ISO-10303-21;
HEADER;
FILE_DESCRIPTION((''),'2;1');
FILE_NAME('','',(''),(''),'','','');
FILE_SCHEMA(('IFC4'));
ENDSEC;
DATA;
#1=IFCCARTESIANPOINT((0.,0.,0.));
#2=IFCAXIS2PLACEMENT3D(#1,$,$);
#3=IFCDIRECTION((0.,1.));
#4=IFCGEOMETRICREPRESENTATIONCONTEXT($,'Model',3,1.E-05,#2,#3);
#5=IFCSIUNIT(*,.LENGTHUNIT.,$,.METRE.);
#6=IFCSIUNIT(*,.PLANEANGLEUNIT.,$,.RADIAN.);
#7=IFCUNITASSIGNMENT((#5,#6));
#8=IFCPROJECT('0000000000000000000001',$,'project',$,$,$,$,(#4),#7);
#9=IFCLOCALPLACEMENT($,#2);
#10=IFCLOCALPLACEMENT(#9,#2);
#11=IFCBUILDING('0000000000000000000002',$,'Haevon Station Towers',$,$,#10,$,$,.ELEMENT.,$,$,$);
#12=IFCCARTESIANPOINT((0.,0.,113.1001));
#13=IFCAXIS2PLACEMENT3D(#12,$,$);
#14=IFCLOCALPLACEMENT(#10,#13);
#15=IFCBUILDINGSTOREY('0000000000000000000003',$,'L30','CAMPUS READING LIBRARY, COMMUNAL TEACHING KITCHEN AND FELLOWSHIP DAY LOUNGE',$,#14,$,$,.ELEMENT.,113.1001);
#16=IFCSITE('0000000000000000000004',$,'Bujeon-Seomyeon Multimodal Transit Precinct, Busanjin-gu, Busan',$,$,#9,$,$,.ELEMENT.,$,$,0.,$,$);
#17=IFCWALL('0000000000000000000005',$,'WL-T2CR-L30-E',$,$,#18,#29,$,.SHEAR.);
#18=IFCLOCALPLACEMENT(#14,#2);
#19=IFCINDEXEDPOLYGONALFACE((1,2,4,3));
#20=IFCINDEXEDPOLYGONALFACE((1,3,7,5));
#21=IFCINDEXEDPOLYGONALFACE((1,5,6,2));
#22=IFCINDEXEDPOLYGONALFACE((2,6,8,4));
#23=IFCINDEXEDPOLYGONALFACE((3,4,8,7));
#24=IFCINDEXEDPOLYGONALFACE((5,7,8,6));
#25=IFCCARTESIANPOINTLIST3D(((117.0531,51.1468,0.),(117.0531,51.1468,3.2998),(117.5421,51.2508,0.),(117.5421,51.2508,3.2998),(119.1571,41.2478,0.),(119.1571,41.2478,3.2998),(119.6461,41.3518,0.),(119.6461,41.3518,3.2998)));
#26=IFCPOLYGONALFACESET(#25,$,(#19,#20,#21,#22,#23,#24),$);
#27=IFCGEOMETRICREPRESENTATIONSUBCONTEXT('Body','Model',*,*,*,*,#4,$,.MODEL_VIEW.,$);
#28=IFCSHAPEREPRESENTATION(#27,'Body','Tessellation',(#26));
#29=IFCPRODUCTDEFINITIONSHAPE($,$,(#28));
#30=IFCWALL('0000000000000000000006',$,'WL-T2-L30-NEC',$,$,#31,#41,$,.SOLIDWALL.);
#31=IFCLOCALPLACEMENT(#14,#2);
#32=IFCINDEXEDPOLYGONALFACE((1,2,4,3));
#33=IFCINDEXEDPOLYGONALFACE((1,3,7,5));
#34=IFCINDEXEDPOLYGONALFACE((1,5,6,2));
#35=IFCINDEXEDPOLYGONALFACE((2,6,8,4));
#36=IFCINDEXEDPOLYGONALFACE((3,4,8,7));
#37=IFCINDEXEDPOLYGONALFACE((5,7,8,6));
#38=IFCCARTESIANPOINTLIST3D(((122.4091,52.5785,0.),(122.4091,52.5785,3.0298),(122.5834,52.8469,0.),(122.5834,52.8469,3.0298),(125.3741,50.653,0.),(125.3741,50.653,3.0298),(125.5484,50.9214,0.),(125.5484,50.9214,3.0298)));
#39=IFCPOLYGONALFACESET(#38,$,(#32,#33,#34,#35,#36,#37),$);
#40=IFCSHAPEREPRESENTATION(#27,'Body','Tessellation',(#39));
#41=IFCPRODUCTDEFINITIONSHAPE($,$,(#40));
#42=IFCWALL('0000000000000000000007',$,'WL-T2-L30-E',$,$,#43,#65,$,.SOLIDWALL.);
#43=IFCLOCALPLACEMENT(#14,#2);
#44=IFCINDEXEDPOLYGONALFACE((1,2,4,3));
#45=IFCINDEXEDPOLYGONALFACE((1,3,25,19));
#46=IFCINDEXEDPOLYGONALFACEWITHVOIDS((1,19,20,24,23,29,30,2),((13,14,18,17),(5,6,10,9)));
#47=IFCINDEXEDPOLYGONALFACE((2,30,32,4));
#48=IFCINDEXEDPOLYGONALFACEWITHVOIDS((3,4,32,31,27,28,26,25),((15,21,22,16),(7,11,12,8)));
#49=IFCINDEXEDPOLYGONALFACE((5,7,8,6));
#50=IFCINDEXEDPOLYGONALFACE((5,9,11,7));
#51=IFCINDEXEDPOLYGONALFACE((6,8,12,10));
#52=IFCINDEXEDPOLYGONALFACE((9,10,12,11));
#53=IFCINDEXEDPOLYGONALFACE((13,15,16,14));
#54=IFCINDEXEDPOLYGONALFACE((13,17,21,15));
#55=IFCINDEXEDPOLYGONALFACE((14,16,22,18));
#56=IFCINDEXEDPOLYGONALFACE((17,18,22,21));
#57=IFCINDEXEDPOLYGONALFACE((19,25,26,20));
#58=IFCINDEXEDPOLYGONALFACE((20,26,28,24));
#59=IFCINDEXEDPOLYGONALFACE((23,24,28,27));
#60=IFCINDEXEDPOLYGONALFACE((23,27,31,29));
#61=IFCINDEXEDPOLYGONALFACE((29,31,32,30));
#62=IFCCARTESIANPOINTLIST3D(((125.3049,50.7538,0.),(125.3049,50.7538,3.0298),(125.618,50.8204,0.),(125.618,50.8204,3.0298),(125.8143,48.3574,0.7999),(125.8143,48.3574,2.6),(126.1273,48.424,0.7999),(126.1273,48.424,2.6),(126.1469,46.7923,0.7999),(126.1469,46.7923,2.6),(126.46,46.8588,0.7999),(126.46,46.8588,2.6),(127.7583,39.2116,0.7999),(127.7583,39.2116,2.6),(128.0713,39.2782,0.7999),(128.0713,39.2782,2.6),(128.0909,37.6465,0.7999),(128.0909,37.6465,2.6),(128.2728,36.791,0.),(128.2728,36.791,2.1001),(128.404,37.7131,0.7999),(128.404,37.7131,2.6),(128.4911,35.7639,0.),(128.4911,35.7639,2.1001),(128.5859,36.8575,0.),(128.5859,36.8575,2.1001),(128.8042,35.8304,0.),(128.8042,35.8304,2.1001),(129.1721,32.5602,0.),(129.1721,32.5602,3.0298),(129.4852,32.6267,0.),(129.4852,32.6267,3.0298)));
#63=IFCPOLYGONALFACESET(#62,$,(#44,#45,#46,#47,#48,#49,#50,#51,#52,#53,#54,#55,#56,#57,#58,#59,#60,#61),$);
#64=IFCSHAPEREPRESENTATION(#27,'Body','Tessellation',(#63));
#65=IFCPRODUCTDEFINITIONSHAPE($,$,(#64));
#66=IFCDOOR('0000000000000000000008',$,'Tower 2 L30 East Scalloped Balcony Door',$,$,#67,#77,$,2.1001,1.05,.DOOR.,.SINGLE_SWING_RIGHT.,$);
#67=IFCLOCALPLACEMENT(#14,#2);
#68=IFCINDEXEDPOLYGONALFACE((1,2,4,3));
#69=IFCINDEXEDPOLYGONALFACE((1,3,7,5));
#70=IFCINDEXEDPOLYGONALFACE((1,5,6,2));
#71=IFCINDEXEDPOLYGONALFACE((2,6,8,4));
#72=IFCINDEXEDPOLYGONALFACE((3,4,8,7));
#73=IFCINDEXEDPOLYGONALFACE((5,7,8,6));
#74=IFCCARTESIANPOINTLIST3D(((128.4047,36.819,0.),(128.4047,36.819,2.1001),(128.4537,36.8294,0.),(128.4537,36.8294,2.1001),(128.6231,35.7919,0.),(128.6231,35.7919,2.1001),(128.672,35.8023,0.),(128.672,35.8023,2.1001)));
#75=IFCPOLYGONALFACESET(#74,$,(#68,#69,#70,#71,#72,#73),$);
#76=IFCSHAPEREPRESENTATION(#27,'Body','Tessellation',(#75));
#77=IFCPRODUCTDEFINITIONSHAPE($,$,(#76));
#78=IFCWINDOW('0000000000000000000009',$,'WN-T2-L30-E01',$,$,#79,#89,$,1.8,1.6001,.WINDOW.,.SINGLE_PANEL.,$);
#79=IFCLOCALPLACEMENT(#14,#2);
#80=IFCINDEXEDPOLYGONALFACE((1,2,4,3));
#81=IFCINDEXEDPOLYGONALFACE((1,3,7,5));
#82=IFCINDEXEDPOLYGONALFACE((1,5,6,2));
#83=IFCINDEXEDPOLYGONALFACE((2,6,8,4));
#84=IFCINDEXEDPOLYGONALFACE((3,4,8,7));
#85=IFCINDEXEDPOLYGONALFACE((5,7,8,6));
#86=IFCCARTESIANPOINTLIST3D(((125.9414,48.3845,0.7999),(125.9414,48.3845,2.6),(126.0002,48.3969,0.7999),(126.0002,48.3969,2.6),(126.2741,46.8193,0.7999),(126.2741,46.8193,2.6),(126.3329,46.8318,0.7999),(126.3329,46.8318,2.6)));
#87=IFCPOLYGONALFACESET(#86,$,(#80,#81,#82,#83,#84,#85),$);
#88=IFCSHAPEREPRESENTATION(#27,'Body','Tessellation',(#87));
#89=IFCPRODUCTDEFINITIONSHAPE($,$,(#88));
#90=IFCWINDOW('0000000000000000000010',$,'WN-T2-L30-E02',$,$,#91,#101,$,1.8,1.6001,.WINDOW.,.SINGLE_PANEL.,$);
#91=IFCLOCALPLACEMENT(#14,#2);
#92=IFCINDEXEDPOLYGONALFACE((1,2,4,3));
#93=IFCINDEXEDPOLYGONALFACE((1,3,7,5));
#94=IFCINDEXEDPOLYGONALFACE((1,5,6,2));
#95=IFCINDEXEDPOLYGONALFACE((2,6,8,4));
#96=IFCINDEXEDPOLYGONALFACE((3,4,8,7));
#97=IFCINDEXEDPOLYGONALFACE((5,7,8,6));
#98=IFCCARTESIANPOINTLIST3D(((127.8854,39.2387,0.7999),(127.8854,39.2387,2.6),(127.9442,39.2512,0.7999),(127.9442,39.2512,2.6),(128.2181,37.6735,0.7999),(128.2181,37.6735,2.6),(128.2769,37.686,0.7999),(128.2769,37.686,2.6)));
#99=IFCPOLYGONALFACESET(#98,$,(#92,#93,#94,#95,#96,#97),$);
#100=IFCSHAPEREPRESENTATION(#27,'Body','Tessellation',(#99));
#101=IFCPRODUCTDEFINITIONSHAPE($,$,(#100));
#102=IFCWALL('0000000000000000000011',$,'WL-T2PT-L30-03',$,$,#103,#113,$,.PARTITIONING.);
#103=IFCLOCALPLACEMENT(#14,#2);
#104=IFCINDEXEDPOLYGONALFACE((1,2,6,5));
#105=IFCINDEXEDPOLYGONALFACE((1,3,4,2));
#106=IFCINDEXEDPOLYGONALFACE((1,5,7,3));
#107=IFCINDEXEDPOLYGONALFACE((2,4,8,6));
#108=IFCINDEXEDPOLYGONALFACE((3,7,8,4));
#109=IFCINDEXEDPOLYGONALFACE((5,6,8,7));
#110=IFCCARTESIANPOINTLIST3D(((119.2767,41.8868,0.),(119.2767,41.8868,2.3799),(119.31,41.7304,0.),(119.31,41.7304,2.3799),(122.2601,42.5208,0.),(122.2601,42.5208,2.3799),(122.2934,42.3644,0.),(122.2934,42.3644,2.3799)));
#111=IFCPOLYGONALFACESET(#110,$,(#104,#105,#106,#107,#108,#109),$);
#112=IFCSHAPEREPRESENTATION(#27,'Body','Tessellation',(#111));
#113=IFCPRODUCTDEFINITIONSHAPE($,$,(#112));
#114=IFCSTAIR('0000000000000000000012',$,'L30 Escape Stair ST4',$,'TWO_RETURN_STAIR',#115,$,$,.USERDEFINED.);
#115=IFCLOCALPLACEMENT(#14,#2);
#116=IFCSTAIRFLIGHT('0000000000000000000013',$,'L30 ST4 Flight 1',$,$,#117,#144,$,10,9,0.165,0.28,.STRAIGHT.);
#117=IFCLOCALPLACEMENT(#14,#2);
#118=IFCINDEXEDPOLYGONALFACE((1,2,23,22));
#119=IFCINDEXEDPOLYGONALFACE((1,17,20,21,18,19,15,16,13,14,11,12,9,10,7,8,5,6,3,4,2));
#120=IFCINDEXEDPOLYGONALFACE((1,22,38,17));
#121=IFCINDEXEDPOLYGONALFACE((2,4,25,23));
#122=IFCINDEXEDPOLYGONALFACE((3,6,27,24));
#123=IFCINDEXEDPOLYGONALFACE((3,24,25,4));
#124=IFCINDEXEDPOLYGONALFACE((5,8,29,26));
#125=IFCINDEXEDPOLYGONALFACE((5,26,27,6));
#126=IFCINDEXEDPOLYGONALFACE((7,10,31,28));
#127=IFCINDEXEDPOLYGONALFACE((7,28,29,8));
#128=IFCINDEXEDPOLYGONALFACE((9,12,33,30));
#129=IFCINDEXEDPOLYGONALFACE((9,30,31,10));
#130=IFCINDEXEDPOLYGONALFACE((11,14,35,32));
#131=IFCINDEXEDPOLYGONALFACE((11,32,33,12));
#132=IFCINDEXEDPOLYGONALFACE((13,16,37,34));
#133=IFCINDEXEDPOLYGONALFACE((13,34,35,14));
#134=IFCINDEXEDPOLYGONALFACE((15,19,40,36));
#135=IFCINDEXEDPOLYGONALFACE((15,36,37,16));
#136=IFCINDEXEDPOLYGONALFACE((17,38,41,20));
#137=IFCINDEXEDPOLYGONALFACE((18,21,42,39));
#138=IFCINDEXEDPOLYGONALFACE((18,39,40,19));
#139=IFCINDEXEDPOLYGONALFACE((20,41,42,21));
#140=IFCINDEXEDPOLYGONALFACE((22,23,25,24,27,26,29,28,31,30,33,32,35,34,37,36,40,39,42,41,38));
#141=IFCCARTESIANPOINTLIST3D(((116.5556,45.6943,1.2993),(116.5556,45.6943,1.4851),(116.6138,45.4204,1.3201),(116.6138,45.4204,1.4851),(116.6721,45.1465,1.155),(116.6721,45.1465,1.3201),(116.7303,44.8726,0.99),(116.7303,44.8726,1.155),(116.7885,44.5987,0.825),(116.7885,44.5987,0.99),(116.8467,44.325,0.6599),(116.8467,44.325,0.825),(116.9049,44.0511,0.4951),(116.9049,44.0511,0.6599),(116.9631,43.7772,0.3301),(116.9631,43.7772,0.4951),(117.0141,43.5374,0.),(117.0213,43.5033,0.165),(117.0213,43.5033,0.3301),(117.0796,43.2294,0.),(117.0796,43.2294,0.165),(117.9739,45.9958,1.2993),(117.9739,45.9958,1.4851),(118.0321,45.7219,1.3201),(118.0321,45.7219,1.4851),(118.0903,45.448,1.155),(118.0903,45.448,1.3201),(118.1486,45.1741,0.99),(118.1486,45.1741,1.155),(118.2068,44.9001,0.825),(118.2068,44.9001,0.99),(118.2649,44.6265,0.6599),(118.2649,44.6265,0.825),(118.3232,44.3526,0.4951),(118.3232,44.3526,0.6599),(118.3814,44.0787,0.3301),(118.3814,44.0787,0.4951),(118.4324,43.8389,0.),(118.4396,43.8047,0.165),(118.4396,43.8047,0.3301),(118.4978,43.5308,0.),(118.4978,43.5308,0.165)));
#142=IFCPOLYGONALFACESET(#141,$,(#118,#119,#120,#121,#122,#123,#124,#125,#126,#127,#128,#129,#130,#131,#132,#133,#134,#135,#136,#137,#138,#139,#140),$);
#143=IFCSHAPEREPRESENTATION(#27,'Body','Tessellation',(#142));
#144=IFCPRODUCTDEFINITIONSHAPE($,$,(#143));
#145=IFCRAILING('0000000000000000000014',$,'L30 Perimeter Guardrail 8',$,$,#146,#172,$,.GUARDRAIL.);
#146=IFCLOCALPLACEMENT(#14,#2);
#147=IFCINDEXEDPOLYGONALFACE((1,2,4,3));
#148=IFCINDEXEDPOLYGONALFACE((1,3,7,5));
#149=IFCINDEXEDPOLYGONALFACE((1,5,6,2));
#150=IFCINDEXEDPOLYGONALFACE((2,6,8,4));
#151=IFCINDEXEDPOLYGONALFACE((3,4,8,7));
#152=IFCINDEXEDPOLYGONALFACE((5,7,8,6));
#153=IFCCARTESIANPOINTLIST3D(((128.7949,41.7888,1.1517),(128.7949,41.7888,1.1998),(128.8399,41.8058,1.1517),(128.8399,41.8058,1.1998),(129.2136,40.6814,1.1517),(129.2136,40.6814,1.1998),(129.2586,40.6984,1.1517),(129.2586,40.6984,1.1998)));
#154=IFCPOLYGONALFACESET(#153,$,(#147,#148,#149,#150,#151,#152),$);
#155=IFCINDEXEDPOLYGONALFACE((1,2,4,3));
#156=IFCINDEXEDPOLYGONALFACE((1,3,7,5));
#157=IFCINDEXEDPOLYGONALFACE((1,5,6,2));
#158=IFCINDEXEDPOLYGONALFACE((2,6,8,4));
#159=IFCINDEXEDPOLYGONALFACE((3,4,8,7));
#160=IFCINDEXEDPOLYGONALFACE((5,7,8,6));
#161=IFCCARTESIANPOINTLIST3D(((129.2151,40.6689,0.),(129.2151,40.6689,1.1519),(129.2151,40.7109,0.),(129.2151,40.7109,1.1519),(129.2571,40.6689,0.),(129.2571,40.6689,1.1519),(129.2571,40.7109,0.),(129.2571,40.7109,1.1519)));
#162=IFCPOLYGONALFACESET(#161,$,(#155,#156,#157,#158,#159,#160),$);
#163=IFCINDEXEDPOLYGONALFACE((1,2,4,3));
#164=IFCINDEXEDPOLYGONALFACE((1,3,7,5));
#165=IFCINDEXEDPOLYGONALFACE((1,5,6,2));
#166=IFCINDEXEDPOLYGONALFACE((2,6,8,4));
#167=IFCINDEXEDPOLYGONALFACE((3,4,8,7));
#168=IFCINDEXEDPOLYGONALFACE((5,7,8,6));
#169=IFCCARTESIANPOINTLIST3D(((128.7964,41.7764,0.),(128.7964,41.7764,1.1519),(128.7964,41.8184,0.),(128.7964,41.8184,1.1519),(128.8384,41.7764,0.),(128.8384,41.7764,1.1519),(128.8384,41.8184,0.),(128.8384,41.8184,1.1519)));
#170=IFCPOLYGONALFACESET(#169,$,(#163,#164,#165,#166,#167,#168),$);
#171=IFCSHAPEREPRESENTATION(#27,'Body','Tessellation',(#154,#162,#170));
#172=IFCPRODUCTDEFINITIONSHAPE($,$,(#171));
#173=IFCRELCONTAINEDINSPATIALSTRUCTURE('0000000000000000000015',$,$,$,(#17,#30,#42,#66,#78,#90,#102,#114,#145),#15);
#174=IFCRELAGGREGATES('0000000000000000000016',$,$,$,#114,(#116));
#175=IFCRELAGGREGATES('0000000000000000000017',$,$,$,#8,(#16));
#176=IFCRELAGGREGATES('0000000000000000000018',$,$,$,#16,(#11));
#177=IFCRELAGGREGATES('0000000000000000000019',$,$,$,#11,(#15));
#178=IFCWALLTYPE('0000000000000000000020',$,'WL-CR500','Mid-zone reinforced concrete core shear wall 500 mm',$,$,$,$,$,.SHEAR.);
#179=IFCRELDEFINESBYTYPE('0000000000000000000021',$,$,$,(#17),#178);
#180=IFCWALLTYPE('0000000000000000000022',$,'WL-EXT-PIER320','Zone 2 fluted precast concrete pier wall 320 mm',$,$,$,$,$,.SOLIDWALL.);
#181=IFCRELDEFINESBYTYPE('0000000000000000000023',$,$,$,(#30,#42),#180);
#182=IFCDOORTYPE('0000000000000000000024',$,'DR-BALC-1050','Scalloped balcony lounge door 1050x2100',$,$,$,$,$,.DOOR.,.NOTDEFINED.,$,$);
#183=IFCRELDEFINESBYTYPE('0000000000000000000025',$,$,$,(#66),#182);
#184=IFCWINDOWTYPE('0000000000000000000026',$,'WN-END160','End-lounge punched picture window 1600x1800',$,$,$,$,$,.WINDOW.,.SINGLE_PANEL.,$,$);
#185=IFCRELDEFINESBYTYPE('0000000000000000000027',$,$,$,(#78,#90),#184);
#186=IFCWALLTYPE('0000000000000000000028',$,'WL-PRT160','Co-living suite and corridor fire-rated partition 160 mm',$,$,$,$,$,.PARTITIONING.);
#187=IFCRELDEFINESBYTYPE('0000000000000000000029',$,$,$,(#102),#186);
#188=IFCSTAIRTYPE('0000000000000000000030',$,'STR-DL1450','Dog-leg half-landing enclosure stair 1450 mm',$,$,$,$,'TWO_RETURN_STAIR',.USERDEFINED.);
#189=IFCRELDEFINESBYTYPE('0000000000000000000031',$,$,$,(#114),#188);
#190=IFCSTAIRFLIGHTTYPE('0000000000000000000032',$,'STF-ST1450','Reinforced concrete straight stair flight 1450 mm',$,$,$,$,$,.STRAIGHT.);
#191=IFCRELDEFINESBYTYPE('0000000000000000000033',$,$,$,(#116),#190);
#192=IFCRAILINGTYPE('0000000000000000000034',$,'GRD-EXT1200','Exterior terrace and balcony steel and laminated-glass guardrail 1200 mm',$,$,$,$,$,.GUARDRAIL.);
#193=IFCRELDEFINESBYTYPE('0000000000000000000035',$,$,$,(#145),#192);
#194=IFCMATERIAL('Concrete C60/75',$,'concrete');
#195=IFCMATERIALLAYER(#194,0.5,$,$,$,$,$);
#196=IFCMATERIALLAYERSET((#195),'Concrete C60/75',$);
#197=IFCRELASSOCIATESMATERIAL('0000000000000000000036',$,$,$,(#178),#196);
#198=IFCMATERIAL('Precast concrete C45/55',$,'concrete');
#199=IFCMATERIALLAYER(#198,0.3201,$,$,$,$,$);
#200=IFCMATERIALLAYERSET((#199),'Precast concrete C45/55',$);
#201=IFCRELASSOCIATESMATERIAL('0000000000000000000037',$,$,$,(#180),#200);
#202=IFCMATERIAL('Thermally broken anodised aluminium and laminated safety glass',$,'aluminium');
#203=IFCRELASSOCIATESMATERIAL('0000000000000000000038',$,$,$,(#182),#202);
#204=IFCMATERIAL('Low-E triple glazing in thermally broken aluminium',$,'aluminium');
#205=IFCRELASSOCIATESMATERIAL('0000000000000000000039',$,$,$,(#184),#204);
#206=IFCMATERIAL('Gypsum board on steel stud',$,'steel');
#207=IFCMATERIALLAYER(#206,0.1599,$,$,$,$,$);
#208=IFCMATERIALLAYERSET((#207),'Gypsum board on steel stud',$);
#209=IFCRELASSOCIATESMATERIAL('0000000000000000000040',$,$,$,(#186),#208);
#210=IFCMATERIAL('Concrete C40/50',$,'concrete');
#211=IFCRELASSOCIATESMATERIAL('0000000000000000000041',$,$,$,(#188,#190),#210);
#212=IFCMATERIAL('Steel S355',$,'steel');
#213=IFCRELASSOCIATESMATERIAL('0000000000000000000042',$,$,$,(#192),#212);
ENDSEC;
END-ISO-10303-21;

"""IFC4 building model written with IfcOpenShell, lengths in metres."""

from ifc_helpers import new_model, si_unit, direction, frame, frame_2d, origin, origin_2d, place, context, subcontext, project, spatial, polyline, rectangle, outline, extrude, material, layer, layer_set, type_object, element, fill, aggregate, save


model = new_model("IFC4")

# Units and contexts
model_context = context("Model", 3, precision=1e-05, world=origin(), true_north=direction((0.0, 1.0)))
body_context = subcontext(model_context, "Body", "Model", "MODEL_VIEW")
ifc_project = project(units=[si_unit("LENGTHUNIT", "METRE"), si_unit("PLANEANGLEUNIT", "RADIAN")], contexts=[model_context])

# Site, building, storey
site_placement = place(None, origin())
site = spatial("IfcSite", under=ifc_project, at=site_placement, Name="Bujeon-Seomyeon Multimodal Transit Precinct, Busanjin-gu, Busan", CompositionType="ELEMENT", RefElevation=0.0)
building_placement = place(site_placement, origin())
building = spatial("IfcBuilding", under=site, at=building_placement, Name="Haevon Station Towers", CompositionType="ELEMENT")
storey_placement = place(building_placement, frame((0.0, 0.0, 113.1001)))
storey = spatial("IfcBuildingStorey", under=building, at=storey_placement, Name="L30", Description="CAMPUS READING LIBRARY, COMMUNAL TEACHING KITCHEN AND FELLOWSHIP DAY LOUNGE", CompositionType="ELEMENT", Elevation=113.1001)

# Shared definitions
ifc_material_1 = material(Name="Steel S355", Category="steel")

# Walls
ifc_material_2 = material(Name="Concrete C60/75", Category="concrete")
ifc_layer_1 = layer(ifc_material_2, 0.5)
ifc_layer_set_1 = layer_set([ifc_layer_1], Name="Concrete C60/75")
wall_type_1 = type_object("IfcWallType", Name="WL-CR500", Description="Mid-zone reinforced concrete core shear wall 500 mm", PredefinedType="SHEAR", material=ifc_layer_set_1)
wall_1_placement = place(storey_placement, frame((119.4016, 41.2998, 0.0), z_axis=(0.0, 0.0, 1.0), x_axis=(-0.207904, 0.978149, 0.0)))
element("IfcWall", 1, at=wall_1_placement, inside=storey, type_object=wall_type_1, Name="WL-T2CR-L30-E", PredefinedType="SHEAR", context=body_context, shape_type="SweptSolid", body=[
    extrude(rectangle(XDim=10.1201, YDim=0.5, at=frame_2d((5.0601, 0.0))), origin(), (0.0, 0.0, 1.0), 3.2998),
])
ifc_material_3 = material(Name="Precast concrete C45/55", Category="concrete")
ifc_layer_2 = layer(ifc_material_3, 0.3201)
ifc_layer_set_2 = layer_set([ifc_layer_2], Name="Precast concrete C45/55")
wall_type_2 = type_object("IfcWallType", Name="WL-EXT-PIER320", Description="Zone 2 fluted precast concrete pier wall 320 mm", PredefinedType="SOLIDWALL", material=ifc_layer_set_2)
wall_2_placement = place(storey_placement, frame((122.4963, 52.7126, 0.0), z_axis=(0.0, 0.0, 1.0), x_axis=(0.838672, -0.544636, 0.0)))
element("IfcWall", 2, at=wall_2_placement, inside=storey, type_object=wall_type_2, Name="WL-T2-L30-NEC", PredefinedType="SOLIDWALL", context=body_context, shape_type="SweptSolid", body=[
    extrude(rectangle(XDim=3.5354, YDim=0.3201, at=frame_2d((1.7676, 0.0))), origin(), (0.0, 0.0, 1.0), 3.0298),
])

# Wall, openings, door, windows
wall_3_placement = place(storey_placement, frame((125.4614, 50.7871, 0.0), z_axis=(0.0, 0.0, 1.0), x_axis=(0.207913, -0.978147, 0.0)))
wall_3 = element("IfcWall", 3, at=wall_3_placement, inside=storey, type_object=wall_type_2, Name="WL-T2-L30-E", PredefinedType="SOLIDWALL", context=body_context, shape_type="SweptSolid", body=[
    extrude(rectangle(XDim=18.6001, YDim=0.3201, at=frame_2d((9.3, 0.0))), origin(), (0.0, 0.0, 1.0), 3.0298),
])
opening_1_placement = place(wall_3_placement, frame((14.2749, 0.0, 0.0)))
opening_1 = element("IfcOpeningElement", 4, at=opening_1_placement, cuts=wall_3, PredefinedType="OPENING", context=body_context, shape_type="SweptSolid", body=[
    extrude(rectangle(XDim=1.05, YDim=2.1001, at=frame_2d((0.5249, 1.05))), frame((0.0, 0.1699, 0.0), z_axis=(0.0, -1.0, 0.0), x_axis=(1.0, 0.0, 0.0)), (0.0, 0.0, 1.0), 0.3401),
])
opening_2_placement = place(wall_3_placement, frame((2.45, 0.0, 0.8)))
opening_2 = element("IfcOpeningElement", 5, at=opening_2_placement, cuts=wall_3, PredefinedType="OPENING", context=body_context, shape_type="SweptSolid", body=[
    extrude(rectangle(XDim=1.6001, YDim=1.8, at=frame_2d((0.8, 0.8999))), frame((0.0, 0.1699, 0.0), z_axis=(0.0, -1.0, 0.0), x_axis=(1.0, 0.0, 0.0)), (0.0, 0.0, 1.0), 0.3401),
])
opening_3_placement = place(wall_3_placement, frame((11.8, 0.0, 0.8)))
opening_3 = element("IfcOpeningElement", 6, at=opening_3_placement, cuts=wall_3, PredefinedType="OPENING", context=body_context, shape_type="SweptSolid", body=[
    extrude(rectangle(XDim=1.6001, YDim=1.8, at=frame_2d((0.8, 0.8999))), frame((0.0, 0.1699, 0.0), z_axis=(0.0, -1.0, 0.0), x_axis=(1.0, 0.0, 0.0)), (0.0, 0.0, 1.0), 0.3401),
])
ifc_material_4 = material(Name="Thermally broken anodised aluminium and laminated safety glass", Category="aluminium")
door_type = type_object("IfcDoorType", Name="DR-BALC-1050", Description="Scalloped balcony lounge door 1050x2100", OperationType="NOTDEFINED", PredefinedType="DOOR", material=ifc_material_4)
door_placement = place(opening_1_placement, origin())
door = element("IfcDoor", 7, at=door_placement, inside=storey, type_object=door_type, Name="Tower 2 L30 East Scalloped Balcony Door", OperationType="SINGLE_SWING_RIGHT", OverallHeight=2.1001, OverallWidth=1.05, PredefinedType="DOOR", context=body_context, shape_type="SweptSolid", body=[
    extrude(rectangle(XDim=1.05, YDim=2.1001, at=frame_2d((0.5249, 1.05))), frame((0.0, 0.0249, 0.0), z_axis=(0.0, -1.0, 0.0), x_axis=(1.0, 0.0, 0.0)), (0.0, 0.0, 1.0), 0.05),
])
fill(opening_1, door)
ifc_material_5 = material(Name="Low-E triple glazing in thermally broken aluminium", Category="aluminium")
window_type = type_object("IfcWindowType", Name="WN-END160", Description="End-lounge punched picture window 1600x1800", PartitioningType="SINGLE_PANEL", PredefinedType="WINDOW", material=ifc_material_5)
window_1_placement = place(opening_2_placement, origin())
window_1 = element("IfcWindow", 8, at=window_1_placement, inside=storey, type_object=window_type, Name="WN-T2-L30-E01", OverallHeight=1.8, OverallWidth=1.6001, PartitioningType="SINGLE_PANEL", PredefinedType="WINDOW", context=body_context, shape_type="SweptSolid", body=[
    extrude(rectangle(XDim=1.6001, YDim=1.8, at=frame_2d((0.8, 0.8999))), frame((0.0, 0.03, 0.0), z_axis=(0.0, -1.0, 0.0), x_axis=(1.0, 0.0, 0.0)), (0.0, 0.0, 1.0), 0.0601),
])
fill(opening_2, window_1)
window_2_placement = place(opening_3_placement, origin())
window_2 = element("IfcWindow", 9, at=window_2_placement, inside=storey, type_object=window_type, Name="WN-T2-L30-E02", OverallHeight=1.8, OverallWidth=1.6001, PartitioningType="SINGLE_PANEL", PredefinedType="WINDOW", context=body_context, shape_type="SweptSolid", body=[
    extrude(rectangle(XDim=1.6001, YDim=1.8, at=frame_2d((0.8, 0.8999))), frame((0.0, 0.03, 0.0), z_axis=(0.0, -1.0, 0.0), x_axis=(1.0, 0.0, 0.0)), (0.0, 0.0, 1.0), 0.0601),
])
fill(opening_3, window_2)

# Wall
ifc_material_6 = material(Name="Gypsum board on steel stud", Category="steel")
ifc_layer_3 = layer(ifc_material_6, 0.1599)
ifc_layer_set_3 = layer_set([ifc_layer_3], Name="Gypsum board on steel stud")
wall_type_3 = type_object("IfcWallType", Name="WL-PRT160", Description="Co-living suite and corridor fire-rated partition 160 mm", PredefinedType="PARTITIONING", material=ifc_layer_set_3)
wall_4_placement = place(storey_placement, frame((119.2935, 41.8086, 0.0), z_axis=(0.0, 0.0, 1.0), x_axis=(0.978155, 0.207878, 0.0)))
element("IfcWall", 10, at=wall_4_placement, inside=storey, type_object=wall_type_3, Name="WL-T2PT-L30-03", PredefinedType="PARTITIONING", context=body_context, shape_type="SweptSolid", body=[
    extrude(rectangle(XDim=3.05, YDim=0.1599, at=frame_2d((1.5249, 0.0))), origin(), (0.0, 0.0, 1.0), 2.3799),
])

# Stair, stair flight
ifc_material_7 = material(Name="Concrete C40/50", Category="concrete")
stair_type = type_object("IfcStairType", Name="STR-DL1450", Description="Dog-leg half-landing enclosure stair 1450 mm", ElementType="TWO_RETURN_STAIR", PredefinedType="USERDEFINED", material=ifc_material_7)
stair_placement = place(storey_placement, origin())
stair = element("IfcStair", 11, at=stair_placement, inside=storey, type_object=stair_type, Name="L30 Escape Stair ST4", ObjectType="TWO_RETURN_STAIR", PredefinedType="USERDEFINED")
stair_flight_type = type_object("IfcStairFlightType", Name="STF-ST1450", Description="Reinforced concrete straight stair flight 1450 mm", PredefinedType="STRAIGHT", material=ifc_material_7)
stair_flight_placement = place(storey_placement, frame((117.7888, 43.3801, 0.0), z_axis=(0.0, 0.0, 1.0), x_axis=(-0.207912, 0.978148, 0.0)))
stair_flight = element("IfcStairFlight", 12, at=stair_flight_placement, type_object=stair_flight_type, Name="L30 ST4 Flight 1", NumberOfRisers=10, NumberOfTreads=9, PredefinedType="STRAIGHT", RiserHeight=0.165, TreadLength=0.28, context=body_context, shape_type="SweptSolid", body=[
    extrude(outline(polyline([(0.0, 0.0), (0.0, 0.165), (0.28, 0.165), (0.28, 0.3301), (0.5601, 0.3301), (0.5601, 0.4951), (0.8401, 0.4951), (0.8401, 0.6599), (1.1201, 0.6599), (1.1201, 0.825), (1.3999, 0.825), (1.3999, 0.99), (1.6799, 0.99), (1.6799, 1.155), (1.96, 1.155), (1.96, 1.3201), (2.24, 1.3201), (2.24, 1.4851), (2.52, 1.4851), (2.52, 1.6499), (2.52, 1.2993), (0.3149, 0.0), (0.0, 0.0)])), frame((0.0, 0.7251, 0.0), z_axis=(0.0, -1.0, 0.0), x_axis=(1.0, 0.0, 0.0)), (0.0, 0.0, 1.0), 1.45),
])
aggregate(stair, [stair_flight])

# Railing
railing_type_1 = type_object("IfcRailingType", Name="GRD-EXT1200", Description="Exterior terrace and balcony steel and laminated-glass guardrail 1200 mm", PredefinedType="GUARDRAIL", material=ifc_material_1)
railing_1_placement = place(storey_placement, frame((129.2361, 40.6899, 0.0)))
element("IfcRailing", 13, at=railing_1_placement, inside=storey, type_object=railing_type_1, Name="L30 Perimeter Guardrail 8", PredefinedType="GUARDRAIL", context=body_context, shape_type="SweptSolid", body=[
    extrude(rectangle(XDim=0.0481, YDim=0.0481, at=origin_2d()), frame((0.0, 0.0, 1.1758), z_axis=(-0.353653, 0.935377, 0.0), x_axis=(-0.935377, -0.353653, 0.0)), (0.0, 0.0, 1.0), 1.1838),
    extrude(rectangle(XDim=0.042, YDim=0.042, at=origin_2d()), origin(), (0.0, 0.0, 1.0), 1.1519),
    extrude(rectangle(XDim=0.042, YDim=0.042, at=origin_2d()), frame((-0.4187, 1.1074, 0.0)), (0.0, 0.0, 1.0), 1.1519),
])

save(model, "model.ifc")
